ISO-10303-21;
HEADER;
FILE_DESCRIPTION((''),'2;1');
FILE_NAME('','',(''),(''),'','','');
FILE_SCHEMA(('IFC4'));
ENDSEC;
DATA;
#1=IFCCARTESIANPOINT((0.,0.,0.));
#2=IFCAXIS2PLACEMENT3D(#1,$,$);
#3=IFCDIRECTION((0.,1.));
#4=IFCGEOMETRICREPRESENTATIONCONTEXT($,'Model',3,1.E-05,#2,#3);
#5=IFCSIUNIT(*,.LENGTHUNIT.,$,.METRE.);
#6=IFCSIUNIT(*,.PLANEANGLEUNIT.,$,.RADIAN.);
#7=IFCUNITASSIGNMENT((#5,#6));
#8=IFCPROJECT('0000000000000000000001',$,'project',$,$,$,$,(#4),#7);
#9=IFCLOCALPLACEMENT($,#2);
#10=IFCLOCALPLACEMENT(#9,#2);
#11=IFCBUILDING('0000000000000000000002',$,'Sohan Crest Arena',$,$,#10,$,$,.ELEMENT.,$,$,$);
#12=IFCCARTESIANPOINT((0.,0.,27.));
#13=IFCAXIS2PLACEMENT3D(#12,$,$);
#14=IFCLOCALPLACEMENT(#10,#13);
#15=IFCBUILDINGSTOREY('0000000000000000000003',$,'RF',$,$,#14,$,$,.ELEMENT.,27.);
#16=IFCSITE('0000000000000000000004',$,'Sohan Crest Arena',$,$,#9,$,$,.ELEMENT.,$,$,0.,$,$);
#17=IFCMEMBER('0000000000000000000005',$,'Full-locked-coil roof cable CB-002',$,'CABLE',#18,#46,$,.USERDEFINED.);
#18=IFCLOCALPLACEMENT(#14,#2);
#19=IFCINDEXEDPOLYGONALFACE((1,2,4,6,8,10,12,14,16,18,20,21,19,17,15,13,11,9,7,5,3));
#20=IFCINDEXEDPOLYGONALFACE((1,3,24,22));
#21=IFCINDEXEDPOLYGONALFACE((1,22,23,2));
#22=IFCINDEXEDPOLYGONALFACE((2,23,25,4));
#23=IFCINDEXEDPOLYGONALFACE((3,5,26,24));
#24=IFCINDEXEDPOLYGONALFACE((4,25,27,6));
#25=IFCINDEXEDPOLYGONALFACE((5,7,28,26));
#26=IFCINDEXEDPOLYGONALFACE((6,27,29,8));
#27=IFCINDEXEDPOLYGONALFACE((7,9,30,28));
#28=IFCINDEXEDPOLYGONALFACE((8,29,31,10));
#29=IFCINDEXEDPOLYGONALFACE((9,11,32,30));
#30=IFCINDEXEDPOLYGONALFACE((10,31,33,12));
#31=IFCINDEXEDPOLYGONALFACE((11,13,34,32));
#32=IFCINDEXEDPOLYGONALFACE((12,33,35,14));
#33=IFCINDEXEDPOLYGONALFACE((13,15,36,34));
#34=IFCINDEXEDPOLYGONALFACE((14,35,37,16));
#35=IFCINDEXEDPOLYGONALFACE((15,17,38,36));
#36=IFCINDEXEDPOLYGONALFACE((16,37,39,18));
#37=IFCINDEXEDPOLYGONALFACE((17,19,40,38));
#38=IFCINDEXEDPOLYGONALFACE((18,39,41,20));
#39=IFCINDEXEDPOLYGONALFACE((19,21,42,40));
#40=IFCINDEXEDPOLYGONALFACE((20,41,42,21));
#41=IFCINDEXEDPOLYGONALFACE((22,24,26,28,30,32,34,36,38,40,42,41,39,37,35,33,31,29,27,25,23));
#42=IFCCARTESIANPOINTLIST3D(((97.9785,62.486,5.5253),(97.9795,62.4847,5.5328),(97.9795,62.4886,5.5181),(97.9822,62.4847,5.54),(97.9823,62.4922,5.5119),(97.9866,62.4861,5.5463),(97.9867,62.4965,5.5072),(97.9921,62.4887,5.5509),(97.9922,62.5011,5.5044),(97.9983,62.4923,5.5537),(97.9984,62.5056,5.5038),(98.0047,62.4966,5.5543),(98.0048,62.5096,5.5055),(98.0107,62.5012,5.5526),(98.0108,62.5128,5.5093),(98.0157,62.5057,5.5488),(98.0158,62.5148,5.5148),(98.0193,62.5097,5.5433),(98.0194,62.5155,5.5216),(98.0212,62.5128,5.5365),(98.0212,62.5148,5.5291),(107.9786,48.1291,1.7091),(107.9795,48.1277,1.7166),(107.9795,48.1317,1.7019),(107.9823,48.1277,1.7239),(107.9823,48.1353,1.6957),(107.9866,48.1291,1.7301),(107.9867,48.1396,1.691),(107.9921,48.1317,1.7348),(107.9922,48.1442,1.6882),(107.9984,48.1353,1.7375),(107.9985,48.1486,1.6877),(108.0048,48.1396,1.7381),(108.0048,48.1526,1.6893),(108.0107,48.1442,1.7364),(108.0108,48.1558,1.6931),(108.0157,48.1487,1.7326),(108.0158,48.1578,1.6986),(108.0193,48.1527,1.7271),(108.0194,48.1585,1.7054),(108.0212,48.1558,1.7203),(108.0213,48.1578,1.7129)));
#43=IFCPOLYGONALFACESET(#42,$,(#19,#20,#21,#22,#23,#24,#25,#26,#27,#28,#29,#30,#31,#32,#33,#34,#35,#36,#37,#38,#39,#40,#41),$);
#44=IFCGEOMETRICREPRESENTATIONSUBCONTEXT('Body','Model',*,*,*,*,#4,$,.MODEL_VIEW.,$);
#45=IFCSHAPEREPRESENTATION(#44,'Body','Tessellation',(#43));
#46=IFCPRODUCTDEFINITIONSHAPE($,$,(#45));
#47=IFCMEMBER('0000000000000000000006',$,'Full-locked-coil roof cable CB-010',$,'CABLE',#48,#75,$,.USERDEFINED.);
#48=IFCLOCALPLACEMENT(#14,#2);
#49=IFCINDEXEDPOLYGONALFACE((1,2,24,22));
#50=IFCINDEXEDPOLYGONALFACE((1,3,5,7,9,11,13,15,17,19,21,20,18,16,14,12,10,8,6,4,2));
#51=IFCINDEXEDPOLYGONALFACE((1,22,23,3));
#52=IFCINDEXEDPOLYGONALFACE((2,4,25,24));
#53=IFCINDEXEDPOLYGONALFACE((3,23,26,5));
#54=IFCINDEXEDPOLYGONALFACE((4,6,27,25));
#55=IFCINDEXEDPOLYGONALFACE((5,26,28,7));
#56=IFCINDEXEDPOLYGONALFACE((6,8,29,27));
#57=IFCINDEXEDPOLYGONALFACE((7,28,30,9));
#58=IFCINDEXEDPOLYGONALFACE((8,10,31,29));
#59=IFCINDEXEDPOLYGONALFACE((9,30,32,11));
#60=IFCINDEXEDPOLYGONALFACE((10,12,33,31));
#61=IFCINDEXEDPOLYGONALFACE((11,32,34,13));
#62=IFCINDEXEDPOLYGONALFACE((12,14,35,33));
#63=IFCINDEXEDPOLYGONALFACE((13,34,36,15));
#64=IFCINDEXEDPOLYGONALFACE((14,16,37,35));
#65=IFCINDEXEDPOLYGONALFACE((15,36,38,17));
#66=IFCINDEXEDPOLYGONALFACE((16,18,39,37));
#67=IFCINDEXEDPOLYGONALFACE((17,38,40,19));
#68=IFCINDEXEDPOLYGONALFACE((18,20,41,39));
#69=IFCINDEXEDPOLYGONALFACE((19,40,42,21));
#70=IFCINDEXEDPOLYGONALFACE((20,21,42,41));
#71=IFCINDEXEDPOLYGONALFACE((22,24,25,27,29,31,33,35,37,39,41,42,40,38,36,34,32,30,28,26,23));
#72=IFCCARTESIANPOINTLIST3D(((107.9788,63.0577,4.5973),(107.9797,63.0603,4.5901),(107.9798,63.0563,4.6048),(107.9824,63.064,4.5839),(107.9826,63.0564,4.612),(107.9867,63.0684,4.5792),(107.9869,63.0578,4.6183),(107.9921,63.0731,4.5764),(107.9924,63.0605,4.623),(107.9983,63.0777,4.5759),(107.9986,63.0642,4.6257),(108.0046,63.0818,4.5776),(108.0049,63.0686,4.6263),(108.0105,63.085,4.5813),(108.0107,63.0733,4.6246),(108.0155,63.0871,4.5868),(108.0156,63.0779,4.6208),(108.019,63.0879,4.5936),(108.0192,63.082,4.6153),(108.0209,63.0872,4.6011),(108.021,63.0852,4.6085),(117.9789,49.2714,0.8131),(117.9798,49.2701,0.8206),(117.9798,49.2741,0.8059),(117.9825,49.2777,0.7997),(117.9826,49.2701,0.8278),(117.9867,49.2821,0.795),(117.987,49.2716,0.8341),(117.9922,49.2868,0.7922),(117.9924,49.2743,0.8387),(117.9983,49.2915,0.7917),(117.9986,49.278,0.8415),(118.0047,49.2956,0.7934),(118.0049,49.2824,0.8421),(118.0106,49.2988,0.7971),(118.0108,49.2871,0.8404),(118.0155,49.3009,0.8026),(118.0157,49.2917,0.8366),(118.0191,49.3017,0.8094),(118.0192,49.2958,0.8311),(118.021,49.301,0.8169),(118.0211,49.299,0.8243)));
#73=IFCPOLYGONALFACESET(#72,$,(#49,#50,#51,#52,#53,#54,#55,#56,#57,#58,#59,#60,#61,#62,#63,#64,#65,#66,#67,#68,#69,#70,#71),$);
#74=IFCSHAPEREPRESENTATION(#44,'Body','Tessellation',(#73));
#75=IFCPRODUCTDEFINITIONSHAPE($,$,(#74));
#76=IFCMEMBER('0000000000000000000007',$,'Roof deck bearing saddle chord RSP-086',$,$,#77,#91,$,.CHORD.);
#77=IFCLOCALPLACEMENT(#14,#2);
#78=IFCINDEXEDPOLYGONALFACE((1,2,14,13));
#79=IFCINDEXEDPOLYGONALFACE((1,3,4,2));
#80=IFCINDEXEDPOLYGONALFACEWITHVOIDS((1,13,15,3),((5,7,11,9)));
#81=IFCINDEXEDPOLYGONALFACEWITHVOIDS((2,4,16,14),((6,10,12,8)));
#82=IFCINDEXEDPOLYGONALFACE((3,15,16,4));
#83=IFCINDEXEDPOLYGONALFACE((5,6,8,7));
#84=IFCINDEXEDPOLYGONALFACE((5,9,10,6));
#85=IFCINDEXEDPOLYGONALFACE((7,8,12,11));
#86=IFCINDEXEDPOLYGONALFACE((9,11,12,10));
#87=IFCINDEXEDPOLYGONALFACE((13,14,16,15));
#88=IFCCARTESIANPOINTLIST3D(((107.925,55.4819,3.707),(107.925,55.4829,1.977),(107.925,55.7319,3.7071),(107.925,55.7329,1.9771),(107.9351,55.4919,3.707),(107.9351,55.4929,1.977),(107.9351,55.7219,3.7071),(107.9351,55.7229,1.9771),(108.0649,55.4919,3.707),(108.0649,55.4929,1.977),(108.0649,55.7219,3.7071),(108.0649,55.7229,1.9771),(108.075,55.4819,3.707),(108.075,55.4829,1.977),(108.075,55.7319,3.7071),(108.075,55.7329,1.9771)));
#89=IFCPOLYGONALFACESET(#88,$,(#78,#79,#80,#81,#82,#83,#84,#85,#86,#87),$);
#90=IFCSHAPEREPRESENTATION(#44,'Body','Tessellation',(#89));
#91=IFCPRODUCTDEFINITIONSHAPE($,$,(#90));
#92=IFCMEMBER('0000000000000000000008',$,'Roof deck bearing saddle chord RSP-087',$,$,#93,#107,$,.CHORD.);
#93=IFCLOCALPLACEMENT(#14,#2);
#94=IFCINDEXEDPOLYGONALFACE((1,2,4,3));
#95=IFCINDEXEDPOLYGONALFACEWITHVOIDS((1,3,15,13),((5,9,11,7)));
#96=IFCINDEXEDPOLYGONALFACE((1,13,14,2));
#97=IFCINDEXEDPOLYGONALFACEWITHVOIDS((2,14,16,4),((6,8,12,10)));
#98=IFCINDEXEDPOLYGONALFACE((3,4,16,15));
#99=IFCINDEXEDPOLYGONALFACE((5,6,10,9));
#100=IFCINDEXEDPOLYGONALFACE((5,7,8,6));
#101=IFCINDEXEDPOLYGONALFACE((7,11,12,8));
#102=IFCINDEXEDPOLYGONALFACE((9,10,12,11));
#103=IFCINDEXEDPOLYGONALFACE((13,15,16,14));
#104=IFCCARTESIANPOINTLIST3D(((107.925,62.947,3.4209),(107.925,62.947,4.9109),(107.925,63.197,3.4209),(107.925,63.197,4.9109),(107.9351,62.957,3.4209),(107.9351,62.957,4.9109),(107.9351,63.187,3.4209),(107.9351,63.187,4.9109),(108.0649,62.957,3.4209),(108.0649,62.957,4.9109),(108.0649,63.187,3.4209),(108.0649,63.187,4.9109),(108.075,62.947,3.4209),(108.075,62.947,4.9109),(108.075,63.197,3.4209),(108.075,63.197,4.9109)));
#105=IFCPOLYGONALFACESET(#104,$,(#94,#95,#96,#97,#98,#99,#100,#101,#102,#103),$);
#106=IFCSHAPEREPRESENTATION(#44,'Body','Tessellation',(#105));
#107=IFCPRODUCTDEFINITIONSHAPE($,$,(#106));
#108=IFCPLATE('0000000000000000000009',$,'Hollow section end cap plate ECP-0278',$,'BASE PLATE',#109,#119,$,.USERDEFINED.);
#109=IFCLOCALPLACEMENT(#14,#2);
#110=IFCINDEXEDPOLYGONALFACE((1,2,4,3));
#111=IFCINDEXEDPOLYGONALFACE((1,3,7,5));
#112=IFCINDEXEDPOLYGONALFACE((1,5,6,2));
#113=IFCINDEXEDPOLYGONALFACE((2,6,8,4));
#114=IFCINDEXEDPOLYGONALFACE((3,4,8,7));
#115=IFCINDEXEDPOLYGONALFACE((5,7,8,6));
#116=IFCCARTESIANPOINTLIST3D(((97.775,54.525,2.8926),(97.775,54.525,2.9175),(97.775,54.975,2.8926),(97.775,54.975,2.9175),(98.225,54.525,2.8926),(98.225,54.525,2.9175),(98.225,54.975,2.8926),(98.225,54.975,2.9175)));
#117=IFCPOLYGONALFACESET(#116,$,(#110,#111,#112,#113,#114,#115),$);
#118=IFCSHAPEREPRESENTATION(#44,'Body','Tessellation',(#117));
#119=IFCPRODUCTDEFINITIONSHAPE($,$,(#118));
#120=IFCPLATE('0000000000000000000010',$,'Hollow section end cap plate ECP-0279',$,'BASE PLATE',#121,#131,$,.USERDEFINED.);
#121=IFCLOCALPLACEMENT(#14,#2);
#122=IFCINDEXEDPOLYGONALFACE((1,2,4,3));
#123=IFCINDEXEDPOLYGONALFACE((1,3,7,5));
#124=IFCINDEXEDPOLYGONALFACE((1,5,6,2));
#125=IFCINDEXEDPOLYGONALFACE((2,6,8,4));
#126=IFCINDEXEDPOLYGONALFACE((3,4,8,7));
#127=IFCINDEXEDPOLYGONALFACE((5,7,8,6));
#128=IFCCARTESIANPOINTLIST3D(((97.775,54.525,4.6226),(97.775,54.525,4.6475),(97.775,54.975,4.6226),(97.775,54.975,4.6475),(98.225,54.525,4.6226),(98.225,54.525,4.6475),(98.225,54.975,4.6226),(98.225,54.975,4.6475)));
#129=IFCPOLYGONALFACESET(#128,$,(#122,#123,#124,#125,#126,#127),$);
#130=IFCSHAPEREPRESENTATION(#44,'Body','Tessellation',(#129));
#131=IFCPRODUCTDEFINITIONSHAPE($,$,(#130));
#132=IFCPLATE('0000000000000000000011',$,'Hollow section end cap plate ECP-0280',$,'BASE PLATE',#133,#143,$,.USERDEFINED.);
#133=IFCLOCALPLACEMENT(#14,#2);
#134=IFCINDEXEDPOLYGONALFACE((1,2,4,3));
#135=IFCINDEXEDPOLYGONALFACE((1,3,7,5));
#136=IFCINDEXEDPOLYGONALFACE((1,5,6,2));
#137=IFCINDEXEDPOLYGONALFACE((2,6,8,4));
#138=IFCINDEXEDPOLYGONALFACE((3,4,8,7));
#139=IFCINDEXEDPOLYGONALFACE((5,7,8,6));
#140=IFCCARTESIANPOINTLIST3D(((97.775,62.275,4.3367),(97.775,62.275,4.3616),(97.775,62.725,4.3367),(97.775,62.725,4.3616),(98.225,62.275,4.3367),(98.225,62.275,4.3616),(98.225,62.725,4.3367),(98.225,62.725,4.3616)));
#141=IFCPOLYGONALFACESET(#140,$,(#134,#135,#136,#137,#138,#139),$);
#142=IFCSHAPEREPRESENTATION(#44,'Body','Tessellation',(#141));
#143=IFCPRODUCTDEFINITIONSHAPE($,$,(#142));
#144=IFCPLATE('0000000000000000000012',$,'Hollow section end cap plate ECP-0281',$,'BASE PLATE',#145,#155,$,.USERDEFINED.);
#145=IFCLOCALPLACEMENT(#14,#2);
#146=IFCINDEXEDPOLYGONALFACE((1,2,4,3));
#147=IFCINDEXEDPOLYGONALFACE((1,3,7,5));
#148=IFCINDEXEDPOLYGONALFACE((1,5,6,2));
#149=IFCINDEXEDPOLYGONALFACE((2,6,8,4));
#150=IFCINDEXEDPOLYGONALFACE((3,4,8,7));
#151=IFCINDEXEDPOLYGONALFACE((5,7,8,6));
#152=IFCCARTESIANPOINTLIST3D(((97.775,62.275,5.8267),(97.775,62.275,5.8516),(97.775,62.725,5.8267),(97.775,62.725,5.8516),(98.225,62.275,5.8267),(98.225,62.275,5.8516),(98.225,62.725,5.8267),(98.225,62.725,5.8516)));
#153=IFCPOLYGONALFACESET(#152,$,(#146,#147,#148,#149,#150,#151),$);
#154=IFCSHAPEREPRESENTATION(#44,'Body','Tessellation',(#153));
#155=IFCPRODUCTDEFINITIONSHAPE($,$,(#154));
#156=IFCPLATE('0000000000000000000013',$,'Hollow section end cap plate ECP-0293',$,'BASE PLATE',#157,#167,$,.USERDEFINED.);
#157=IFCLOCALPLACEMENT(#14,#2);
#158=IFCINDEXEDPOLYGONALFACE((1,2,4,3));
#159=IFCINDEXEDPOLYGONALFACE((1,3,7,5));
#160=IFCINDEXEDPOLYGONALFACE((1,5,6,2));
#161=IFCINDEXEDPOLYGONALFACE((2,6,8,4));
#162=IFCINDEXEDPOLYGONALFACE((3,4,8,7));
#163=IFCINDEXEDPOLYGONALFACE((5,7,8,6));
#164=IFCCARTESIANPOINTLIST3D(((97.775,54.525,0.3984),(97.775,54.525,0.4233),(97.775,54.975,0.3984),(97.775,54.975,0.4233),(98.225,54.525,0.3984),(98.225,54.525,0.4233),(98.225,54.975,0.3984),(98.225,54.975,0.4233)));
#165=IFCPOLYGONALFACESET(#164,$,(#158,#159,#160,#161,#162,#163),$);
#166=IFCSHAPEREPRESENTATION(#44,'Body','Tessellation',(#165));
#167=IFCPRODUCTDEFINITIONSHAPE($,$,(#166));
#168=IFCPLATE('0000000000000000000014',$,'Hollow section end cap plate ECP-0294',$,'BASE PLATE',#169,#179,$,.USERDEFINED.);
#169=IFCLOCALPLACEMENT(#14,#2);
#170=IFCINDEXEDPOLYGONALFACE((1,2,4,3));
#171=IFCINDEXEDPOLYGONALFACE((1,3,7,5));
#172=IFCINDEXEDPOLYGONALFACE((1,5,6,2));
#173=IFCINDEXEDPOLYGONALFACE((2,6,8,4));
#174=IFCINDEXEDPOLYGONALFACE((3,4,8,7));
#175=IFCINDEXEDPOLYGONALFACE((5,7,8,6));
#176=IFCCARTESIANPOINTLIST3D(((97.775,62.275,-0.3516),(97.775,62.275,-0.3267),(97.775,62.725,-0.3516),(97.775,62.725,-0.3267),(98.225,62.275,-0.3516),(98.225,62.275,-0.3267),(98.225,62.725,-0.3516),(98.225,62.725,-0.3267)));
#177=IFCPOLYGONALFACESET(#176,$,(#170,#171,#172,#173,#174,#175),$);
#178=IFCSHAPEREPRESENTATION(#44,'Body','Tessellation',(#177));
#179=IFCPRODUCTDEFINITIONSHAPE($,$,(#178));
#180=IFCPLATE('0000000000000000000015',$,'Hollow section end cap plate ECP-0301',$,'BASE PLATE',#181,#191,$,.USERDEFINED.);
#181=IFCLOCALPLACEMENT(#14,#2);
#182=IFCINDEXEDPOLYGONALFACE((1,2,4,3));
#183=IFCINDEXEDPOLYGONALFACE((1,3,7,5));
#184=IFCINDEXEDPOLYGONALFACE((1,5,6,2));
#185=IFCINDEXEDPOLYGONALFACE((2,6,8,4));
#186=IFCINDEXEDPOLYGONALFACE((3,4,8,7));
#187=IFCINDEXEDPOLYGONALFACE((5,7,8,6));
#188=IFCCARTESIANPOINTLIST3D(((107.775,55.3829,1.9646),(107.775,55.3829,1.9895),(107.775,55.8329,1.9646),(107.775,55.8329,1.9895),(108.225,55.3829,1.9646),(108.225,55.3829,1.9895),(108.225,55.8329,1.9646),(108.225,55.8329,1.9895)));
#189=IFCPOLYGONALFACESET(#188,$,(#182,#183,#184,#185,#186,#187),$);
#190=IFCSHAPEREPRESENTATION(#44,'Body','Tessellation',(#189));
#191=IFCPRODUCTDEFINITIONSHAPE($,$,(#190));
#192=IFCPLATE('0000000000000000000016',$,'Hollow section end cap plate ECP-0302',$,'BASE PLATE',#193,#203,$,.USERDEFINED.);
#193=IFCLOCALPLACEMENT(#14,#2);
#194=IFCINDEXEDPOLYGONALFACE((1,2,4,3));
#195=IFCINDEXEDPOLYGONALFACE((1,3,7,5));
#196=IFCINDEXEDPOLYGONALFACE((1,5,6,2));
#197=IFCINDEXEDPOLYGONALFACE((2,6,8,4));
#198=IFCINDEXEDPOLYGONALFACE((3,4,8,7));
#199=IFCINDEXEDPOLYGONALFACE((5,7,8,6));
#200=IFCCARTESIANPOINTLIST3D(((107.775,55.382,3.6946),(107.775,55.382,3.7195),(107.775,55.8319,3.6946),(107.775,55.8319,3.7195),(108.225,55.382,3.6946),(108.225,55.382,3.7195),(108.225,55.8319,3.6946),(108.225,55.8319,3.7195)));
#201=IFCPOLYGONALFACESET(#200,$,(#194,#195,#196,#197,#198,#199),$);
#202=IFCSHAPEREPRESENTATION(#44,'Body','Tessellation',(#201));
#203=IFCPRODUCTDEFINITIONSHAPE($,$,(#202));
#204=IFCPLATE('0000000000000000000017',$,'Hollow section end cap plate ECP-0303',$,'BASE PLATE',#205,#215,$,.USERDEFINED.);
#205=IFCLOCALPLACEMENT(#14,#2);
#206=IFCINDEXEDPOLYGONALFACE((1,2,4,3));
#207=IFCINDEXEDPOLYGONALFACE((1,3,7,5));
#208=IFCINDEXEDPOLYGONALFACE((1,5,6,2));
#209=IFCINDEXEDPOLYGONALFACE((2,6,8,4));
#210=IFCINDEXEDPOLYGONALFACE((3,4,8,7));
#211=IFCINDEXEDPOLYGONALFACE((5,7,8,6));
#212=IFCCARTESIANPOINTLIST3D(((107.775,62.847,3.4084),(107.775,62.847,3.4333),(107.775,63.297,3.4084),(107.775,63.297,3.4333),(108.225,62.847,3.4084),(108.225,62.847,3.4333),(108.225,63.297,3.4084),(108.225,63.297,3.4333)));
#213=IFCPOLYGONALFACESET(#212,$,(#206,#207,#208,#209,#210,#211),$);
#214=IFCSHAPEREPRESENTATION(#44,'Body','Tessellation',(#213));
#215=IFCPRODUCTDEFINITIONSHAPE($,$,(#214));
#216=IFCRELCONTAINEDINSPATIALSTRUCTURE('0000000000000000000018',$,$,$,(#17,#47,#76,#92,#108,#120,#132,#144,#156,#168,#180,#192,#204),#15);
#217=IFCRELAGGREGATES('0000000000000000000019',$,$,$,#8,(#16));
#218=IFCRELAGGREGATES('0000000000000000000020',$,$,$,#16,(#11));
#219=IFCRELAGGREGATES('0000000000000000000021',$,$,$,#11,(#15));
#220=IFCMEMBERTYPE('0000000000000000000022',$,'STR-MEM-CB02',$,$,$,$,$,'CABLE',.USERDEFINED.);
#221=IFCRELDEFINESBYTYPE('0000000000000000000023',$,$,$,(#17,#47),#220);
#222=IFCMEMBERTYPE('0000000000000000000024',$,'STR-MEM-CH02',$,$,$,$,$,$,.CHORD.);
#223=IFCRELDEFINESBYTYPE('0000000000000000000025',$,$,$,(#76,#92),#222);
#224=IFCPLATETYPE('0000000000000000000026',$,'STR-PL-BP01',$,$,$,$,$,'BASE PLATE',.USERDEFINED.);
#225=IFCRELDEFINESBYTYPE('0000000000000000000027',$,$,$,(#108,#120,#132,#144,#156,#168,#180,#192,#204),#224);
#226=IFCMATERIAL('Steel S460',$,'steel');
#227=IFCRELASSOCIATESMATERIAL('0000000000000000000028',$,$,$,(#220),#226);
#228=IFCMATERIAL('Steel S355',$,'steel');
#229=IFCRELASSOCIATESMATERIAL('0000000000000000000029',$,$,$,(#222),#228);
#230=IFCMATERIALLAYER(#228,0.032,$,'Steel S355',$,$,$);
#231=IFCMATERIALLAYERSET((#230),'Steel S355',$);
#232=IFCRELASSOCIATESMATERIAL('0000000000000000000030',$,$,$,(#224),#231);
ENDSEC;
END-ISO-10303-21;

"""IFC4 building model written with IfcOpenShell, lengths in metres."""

from ifc_helpers import new_model, si_unit, direction, frame, origin, origin_2d, place, context, subcontext, project, spatial, rectangle, hollow_rectangle, circle, extrude, material, layer, layer_set, material_profile, profile_set, type_object, element, save


model = new_model("IFC4")

# Units and contexts
model_context = context("Model", 3, precision=1e-05, world=origin(), true_north=direction((0.0, 1.0)))
body_context = subcontext(model_context, "Body", "Model", "MODEL_VIEW")
ifc_project = project(units=[si_unit("LENGTHUNIT", "METRE"), si_unit("PLANEANGLEUNIT", "RADIAN")], contexts=[model_context])

# Site, building, storey
site_placement = place(None, origin())
site = spatial("IfcSite", under=ifc_project, at=site_placement, Name="Sohan Crest Arena", CompositionType="ELEMENT", RefElevation=0.0)
building_placement = place(site_placement, origin())
building = spatial("IfcBuilding", under=site, at=building_placement, Name="Sohan Crest Arena", CompositionType="ELEMENT")
storey_placement = place(building_placement, frame((0.0, 0.0, 27.0)))
storey = spatial("IfcBuildingStorey", under=building, at=storey_placement, Name="RF", CompositionType="ELEMENT", Elevation=27.0)

# Shared definitions
ifc_material_1 = material(Name="Steel S355", Category="steel")

# Members
ifc_material_2 = material(Name="Steel S460", Category="steel")
ifc_material_profile_1 = material_profile(ifc_material_2, circle(Radius=0.0259, at=origin_2d()), Name="FLC D52")
ifc_profile_set_1 = profile_set([ifc_material_profile_1], Name="Steel S460")
member_type_1 = type_object("IfcMemberType", Name="STR-MEM-CB02", ElementType="CABLE", PredefinedType="USERDEFINED", material=ifc_profile_set_1)
member_1_placement = place(storey_placement, frame((98.0, 62.5, 5.5291), z_axis=(0.55842, -0.80172, -0.213102), x_axis=(0.820568, 0.571548, 0.0)))
element("IfcMember", 1, at=member_1_placement, inside=storey, type_object=member_type_1, Name="Full-locked-coil roof cable CB-002", ObjectType="CABLE", PredefinedType="USERDEFINED", context=body_context, shape_type="SweptSolid", body=[
    extrude(circle(Radius=0.0259, at=origin_2d()), origin(), (0.0, 0.0, 1.0), 17.9077),
])
member_2_placement = place(storey_placement, frame((108.0, 63.072, 4.6011), z_axis=(0.573184, -0.790199, -0.216903), x_axis=(0.809469, 0.587162, 0.0)))
element("IfcMember", 2, at=member_2_placement, inside=storey, type_object=member_type_1, Name="Full-locked-coil roof cable CB-010", ObjectType="CABLE", PredefinedType="USERDEFINED", context=body_context, shape_type="SweptSolid", body=[
    extrude(circle(Radius=0.0259, at=origin_2d()), origin(), (0.0, 0.0, 1.0), 17.4465),
])
ifc_material_profile_2 = material_profile(ifc_material_1, hollow_rectangle(XDim=0.1499, YDim=0.25, WallThickness=0.01, at=origin_2d()), Name="RHS 250x150x10")
ifc_profile_set_2 = profile_set([ifc_material_profile_2], Name="Steel S355")
member_type_2 = type_object("IfcMemberType", Name="STR-MEM-CH02", PredefinedType="CHORD", material=ifc_profile_set_2)
member_3_placement = place(storey_placement, frame((108.0, 55.6079, 1.9771), z_axis=(0.0, -0.000564, 1.0), x_axis=(1.0, 0.0, 0.0)))
element("IfcMember", 3, at=member_3_placement, inside=storey, type_object=member_type_2, Name="Roof deck bearing saddle chord RSP-086", PredefinedType="CHORD", context=body_context, shape_type="SweptSolid", body=[
    extrude(hollow_rectangle(XDim=0.1499, YDim=0.25, WallThickness=0.01, at=origin_2d()), origin(), (0.0, 0.0, 1.0), 1.73),
])
member_4_placement = place(storey_placement, frame((108.0, 63.072, 3.4209), z_axis=(0.0, 0.0, 1.0), x_axis=(1.0, 0.0, 0.0)))
element("IfcMember", 4, at=member_4_placement, inside=storey, type_object=member_type_2, Name="Roof deck bearing saddle chord RSP-087", PredefinedType="CHORD", context=body_context, shape_type="SweptSolid", body=[
    extrude(hollow_rectangle(XDim=0.1499, YDim=0.25, WallThickness=0.01, at=origin_2d()), origin(), (0.0, 0.0, 1.0), 1.49),
])

# Plates
ifc_layer = layer(ifc_material_1, 0.032, Name="Steel S355")
ifc_layer_set = layer_set([ifc_layer], Name="Steel S355")
plate_type = type_object("IfcPlateType", Name="STR-PL-BP01", ElementType="BASE PLATE", PredefinedType="USERDEFINED", material=ifc_layer_set)
for number, where, z_axis, x_axis, name in (
    (5, (98.0, 54.75, 2.8926), (0.0, 0.0, 1.0), (1.0, 0.0, 0.0), "Hollow section end cap plate ECP-0278"),
    (6, (98.0, 54.75, 4.6226), (0.0, 0.0, 1.0), (1.0, 0.0, 0.0), "Hollow section end cap plate ECP-0279"),
    (7, (98.0, 62.5, 4.3367), (0.0, 0.0, 1.0), (1.0, 0.0, 0.0), "Hollow section end cap plate ECP-0280"),
    (8, (98.0, 62.5, 5.8267), (0.0, 0.0, 1.0), (1.0, 0.0, 0.0), "Hollow section end cap plate ECP-0281"),
    (9, (98.0, 54.75, 0.3984), (0.0, 0.0, 1.0), (1.0, 0.0, 0.0), "Hollow section end cap plate ECP-0293"),
    (10, (98.0, 62.5, -0.3516), (0.0, 0.0, 1.0), (1.0, 0.0, 0.0), "Hollow section end cap plate ECP-0294"),
    (11, (108.0, 55.6079, 1.9646), (0.0, 0.0, 1.0), (1.0, 0.0, 0.0), "Hollow section end cap plate ECP-0301"),
    (12, (108.0, 55.6069, 3.6946), (0.0, 0.0, 1.0), (1.0, 0.0, 0.0), "Hollow section end cap plate ECP-0302"),
    (13, (108.0, 63.072, 3.4084), (0.0, 0.0, 1.0), (1.0, 0.0, 0.0), "Hollow section end cap plate ECP-0303"),
):
    element("IfcPlate", number, at=place(storey_placement, frame(where, z_axis=z_axis, x_axis=x_axis)), inside=storey, type_object=plate_type, Name=name, ObjectType="BASE PLATE", PredefinedType="USERDEFINED", context=body_context, shape_type="SweptSolid", body=[
        extrude(rectangle(XDim=0.45, YDim=0.45, at=origin_2d()), origin(), (0.0, 0.0, 1.0), 0.0249),
    ])

save(model, "model.ifc")
